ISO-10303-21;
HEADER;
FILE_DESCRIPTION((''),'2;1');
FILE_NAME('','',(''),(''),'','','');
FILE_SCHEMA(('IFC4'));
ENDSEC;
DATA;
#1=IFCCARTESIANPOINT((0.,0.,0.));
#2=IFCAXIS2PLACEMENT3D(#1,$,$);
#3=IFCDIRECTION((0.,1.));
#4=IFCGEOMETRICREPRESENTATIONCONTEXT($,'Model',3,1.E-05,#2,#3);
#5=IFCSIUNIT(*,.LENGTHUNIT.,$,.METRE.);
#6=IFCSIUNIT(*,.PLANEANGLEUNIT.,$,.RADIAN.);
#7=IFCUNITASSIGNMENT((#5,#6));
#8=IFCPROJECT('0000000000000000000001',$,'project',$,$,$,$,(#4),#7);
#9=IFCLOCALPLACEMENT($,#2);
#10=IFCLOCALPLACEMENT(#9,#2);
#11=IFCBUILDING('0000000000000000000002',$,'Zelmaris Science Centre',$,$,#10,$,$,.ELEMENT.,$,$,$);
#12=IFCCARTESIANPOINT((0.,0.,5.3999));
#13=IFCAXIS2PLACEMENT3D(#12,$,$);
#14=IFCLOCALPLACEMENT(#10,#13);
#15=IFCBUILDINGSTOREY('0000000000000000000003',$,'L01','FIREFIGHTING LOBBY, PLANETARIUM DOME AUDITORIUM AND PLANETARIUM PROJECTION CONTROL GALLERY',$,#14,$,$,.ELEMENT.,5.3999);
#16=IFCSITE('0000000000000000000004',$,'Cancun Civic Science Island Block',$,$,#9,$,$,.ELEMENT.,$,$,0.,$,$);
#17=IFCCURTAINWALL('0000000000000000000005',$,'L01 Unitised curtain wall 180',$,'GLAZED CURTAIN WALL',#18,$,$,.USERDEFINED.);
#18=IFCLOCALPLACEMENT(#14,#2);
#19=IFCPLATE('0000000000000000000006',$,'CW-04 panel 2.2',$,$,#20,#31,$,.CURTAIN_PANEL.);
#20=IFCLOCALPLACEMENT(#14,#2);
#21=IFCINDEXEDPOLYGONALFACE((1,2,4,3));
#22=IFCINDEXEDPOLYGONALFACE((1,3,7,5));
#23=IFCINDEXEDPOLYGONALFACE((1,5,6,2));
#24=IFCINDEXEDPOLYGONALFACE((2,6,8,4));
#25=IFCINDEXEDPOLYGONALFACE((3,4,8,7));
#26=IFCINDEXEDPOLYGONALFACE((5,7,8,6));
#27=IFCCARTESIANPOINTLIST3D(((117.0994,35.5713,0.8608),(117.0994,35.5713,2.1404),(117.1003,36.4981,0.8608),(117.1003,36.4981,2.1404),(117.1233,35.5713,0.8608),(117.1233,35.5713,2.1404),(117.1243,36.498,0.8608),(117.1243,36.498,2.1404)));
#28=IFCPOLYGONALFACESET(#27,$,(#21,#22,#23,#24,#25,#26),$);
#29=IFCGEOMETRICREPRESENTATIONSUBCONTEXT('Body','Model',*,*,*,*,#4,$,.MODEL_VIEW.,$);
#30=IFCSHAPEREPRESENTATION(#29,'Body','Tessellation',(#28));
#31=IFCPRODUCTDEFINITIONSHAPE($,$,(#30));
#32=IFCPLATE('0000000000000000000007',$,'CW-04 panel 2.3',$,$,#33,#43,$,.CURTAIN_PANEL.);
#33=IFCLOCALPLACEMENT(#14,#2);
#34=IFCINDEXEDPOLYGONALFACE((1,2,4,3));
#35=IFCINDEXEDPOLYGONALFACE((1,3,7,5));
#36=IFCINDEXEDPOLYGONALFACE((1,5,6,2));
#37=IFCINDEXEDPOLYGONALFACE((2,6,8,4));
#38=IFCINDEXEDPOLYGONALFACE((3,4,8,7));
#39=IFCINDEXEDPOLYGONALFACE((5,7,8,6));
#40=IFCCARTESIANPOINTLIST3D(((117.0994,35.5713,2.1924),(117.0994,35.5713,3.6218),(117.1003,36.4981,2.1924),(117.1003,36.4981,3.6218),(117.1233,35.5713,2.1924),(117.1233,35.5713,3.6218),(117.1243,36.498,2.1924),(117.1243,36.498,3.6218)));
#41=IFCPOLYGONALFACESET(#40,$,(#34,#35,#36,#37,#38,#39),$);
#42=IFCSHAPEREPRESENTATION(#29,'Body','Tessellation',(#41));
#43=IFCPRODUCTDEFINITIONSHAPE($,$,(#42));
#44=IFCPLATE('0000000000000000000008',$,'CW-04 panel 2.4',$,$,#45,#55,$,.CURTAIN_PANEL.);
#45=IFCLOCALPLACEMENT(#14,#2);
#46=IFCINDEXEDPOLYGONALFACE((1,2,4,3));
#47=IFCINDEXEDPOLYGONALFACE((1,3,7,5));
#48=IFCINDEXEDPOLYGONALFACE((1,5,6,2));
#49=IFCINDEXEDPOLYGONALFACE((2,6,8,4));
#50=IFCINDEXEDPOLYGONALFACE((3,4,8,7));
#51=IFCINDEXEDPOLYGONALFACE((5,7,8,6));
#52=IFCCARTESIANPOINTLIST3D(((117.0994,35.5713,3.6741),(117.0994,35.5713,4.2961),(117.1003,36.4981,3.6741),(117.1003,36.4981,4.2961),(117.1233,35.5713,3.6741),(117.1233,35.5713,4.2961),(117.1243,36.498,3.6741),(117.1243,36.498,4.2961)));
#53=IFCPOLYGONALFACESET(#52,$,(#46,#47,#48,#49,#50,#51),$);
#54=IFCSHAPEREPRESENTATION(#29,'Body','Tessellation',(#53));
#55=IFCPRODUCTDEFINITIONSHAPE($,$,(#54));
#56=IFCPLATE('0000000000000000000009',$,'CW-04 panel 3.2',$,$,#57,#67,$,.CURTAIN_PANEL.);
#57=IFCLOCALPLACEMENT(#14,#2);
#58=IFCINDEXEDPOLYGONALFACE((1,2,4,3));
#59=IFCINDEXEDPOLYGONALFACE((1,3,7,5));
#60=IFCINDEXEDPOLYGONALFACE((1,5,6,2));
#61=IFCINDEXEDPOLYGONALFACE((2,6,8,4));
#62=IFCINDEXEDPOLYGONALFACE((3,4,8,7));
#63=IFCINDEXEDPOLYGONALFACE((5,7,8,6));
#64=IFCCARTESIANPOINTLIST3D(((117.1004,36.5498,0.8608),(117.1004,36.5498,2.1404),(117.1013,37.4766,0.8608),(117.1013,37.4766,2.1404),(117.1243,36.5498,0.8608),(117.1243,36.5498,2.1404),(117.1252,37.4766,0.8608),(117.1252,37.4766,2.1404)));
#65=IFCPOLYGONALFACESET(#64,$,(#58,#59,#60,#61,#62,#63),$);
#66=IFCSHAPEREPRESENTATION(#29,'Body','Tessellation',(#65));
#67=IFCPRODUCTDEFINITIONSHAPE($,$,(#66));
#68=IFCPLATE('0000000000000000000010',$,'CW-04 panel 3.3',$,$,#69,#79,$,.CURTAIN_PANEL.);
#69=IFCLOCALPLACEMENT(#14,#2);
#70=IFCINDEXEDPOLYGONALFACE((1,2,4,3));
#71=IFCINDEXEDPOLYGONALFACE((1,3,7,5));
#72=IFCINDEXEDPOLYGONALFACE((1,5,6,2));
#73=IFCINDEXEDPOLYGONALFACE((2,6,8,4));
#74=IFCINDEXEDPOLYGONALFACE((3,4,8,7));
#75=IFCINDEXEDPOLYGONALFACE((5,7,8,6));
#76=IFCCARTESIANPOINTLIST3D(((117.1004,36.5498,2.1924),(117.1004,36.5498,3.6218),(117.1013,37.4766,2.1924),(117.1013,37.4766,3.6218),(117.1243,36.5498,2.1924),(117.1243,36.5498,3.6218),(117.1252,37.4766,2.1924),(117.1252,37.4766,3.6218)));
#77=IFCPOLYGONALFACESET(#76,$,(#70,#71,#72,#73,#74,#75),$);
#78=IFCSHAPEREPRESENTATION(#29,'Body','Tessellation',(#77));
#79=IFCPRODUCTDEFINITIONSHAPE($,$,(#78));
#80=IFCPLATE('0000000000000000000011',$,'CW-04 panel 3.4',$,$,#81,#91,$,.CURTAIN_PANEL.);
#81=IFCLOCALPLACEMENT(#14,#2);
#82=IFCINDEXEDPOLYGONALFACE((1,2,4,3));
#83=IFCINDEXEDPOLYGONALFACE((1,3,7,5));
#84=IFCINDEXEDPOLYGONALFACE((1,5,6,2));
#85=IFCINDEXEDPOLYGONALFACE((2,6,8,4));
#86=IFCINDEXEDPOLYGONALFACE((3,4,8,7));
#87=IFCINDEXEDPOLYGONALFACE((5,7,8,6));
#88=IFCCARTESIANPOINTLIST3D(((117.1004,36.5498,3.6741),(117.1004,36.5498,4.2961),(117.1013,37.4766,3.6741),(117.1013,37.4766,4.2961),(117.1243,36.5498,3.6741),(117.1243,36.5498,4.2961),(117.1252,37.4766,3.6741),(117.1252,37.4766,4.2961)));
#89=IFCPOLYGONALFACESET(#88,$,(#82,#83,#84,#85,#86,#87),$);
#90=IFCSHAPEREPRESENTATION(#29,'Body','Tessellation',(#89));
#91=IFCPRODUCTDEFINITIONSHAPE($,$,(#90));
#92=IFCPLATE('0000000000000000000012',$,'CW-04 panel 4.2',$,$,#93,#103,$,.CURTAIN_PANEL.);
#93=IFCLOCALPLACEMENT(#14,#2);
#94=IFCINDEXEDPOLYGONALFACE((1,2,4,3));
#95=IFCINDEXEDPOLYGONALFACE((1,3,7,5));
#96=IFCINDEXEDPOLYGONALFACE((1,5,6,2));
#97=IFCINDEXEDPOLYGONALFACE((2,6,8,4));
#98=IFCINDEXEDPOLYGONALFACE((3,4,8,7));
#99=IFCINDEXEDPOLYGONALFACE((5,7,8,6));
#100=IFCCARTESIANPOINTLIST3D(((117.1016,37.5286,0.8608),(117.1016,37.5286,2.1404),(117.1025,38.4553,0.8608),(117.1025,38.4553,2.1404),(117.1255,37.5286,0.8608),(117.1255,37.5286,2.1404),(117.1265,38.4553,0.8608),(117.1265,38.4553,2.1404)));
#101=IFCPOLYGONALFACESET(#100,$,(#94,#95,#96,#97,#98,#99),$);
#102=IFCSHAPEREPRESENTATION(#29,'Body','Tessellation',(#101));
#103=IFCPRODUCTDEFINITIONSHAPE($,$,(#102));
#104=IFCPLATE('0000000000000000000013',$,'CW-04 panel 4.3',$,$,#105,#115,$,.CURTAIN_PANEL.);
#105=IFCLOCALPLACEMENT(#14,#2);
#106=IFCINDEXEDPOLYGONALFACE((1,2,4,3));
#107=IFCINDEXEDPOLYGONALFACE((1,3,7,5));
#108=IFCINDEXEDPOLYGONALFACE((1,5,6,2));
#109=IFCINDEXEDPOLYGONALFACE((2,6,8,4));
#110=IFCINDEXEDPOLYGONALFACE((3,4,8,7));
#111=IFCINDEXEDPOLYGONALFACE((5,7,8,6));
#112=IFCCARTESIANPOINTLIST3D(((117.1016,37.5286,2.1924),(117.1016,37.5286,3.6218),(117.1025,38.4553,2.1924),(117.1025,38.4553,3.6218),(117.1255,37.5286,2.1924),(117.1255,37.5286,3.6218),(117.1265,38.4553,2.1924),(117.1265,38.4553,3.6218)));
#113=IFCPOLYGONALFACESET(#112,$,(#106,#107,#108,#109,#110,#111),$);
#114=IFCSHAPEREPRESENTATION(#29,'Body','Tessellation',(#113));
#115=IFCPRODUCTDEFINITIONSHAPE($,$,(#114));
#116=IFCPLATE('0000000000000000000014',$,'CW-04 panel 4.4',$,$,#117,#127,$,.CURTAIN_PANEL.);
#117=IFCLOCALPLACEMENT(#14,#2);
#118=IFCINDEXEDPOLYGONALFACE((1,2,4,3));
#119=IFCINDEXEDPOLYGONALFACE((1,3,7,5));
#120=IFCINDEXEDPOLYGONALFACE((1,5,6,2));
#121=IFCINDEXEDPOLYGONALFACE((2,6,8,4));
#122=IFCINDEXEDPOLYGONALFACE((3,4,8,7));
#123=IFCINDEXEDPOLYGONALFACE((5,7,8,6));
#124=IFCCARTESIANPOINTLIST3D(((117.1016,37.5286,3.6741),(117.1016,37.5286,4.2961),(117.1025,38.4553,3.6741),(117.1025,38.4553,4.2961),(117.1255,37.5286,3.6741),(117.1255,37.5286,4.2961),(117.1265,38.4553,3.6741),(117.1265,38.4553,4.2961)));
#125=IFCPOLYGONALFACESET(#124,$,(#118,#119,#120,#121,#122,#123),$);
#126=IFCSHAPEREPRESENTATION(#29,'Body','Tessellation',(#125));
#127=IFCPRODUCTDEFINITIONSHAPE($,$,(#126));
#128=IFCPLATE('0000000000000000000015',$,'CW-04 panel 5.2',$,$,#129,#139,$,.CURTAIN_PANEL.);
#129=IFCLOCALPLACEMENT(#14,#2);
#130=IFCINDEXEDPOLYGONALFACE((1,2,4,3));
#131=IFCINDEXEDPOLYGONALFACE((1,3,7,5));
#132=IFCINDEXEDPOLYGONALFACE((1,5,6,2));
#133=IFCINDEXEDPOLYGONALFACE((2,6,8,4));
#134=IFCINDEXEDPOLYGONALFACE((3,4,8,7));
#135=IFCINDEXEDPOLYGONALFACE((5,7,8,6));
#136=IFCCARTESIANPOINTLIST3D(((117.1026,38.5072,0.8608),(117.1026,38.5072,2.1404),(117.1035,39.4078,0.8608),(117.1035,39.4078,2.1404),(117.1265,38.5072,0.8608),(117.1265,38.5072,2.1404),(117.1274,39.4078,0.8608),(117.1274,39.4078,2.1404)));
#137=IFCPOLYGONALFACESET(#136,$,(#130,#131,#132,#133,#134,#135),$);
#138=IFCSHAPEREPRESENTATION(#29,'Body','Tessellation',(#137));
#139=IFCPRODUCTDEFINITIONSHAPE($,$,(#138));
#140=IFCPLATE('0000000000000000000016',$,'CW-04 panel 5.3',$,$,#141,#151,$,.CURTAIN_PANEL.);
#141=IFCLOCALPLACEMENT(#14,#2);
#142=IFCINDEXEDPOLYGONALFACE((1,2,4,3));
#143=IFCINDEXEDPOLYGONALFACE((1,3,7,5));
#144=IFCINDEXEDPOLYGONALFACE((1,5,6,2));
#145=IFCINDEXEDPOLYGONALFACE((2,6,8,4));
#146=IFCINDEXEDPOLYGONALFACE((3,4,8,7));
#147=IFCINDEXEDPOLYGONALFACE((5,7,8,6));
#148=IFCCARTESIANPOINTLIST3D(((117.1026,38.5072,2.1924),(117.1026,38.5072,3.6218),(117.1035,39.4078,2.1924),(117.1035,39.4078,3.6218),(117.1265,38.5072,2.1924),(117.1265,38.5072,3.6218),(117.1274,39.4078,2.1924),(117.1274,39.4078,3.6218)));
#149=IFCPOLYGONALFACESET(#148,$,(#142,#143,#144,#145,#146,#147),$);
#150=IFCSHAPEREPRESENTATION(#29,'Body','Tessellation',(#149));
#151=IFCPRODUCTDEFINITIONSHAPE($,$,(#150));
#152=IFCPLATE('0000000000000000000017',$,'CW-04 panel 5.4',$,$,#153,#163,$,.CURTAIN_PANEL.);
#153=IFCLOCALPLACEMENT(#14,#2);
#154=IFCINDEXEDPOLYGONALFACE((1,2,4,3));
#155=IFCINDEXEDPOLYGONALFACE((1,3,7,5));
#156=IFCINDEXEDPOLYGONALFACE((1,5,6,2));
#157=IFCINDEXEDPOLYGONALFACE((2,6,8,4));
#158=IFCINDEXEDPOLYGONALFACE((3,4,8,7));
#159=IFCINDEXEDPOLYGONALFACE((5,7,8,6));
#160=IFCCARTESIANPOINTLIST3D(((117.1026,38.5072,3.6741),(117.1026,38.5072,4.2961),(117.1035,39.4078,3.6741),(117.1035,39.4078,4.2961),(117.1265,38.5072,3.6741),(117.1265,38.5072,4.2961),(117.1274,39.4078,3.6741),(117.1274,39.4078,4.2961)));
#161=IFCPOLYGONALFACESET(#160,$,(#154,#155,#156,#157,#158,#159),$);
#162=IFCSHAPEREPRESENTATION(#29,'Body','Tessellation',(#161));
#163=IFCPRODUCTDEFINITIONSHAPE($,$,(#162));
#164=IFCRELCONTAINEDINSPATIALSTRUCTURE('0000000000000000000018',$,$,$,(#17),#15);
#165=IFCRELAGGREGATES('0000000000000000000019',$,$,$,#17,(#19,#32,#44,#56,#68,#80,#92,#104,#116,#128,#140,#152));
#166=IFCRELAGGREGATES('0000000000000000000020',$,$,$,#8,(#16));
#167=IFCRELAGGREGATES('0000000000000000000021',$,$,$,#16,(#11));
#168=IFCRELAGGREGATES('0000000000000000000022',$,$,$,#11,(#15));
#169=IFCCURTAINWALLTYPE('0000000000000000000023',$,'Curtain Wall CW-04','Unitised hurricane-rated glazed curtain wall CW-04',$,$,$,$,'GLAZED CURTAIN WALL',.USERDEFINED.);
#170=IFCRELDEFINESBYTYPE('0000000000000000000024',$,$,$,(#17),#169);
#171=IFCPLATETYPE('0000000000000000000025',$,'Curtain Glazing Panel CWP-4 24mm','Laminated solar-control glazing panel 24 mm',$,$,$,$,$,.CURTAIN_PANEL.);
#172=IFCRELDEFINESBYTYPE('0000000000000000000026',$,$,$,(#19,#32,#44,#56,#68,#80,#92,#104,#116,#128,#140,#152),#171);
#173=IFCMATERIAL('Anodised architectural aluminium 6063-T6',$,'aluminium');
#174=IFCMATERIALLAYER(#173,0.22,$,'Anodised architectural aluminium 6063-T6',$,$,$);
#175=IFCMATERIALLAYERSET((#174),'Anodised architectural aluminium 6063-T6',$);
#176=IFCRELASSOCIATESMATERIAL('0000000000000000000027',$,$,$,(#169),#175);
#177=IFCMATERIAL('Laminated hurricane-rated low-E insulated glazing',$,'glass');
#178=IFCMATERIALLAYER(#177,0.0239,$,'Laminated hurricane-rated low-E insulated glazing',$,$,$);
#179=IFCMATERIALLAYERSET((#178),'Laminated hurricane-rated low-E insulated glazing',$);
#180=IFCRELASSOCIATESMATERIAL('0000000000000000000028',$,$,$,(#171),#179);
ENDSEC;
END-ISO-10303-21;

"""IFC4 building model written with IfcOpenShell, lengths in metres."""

from ifc_helpers import new_model, si_unit, direction, frame, origin, origin_2d, place, context, subcontext, project, spatial, rectangle, extrude, material, layer, layer_set, type_object, element, aggregate, save


model = new_model("IFC4")

# Units and contexts
model_context = context("Model", 3, precision=1e-05, world=origin(), true_north=direction((0.0, 1.0)))
body_context = subcontext(model_context, "Body", "Model", "MODEL_VIEW")
ifc_project = project(units=[si_unit("LENGTHUNIT", "METRE"), si_unit("PLANEANGLEUNIT", "RADIAN")], contexts=[model_context])

# Site, building, storey
site_placement = place(None, origin())
site = spatial("IfcSite", under=ifc_project, at=site_placement, Name="Cancun Civic Science Island Block", CompositionType="ELEMENT", RefElevation=0.0)
building_placement = place(site_placement, origin())
building = spatial("IfcBuilding", under=site, at=building_placement, Name="Zelmaris Science Centre", CompositionType="ELEMENT")
storey_placement = place(building_placement, frame((0.0, 0.0, 5.3999)))
storey = spatial("IfcBuildingStorey", under=building, at=storey_placement, Name="L01", Description="FIREFIGHTING LOBBY, PLANETARIUM DOME AUDITORIUM AND PLANETARIUM PROJECTION CONTROL GALLERY", CompositionType="ELEMENT", Elevation=5.3999)

# Curtain wall
ifc_material_1 = material(Name="Anodised architectural aluminium 6063-T6", Category="aluminium")
ifc_layer_1 = layer(ifc_material_1, 0.22, Name="Anodised architectural aluminium 6063-T6")
ifc_layer_set_1 = layer_set([ifc_layer_1], Name="Anodised architectural aluminium 6063-T6")
curtain_wall_type_1 = type_object("IfcCurtainWallType", Name="Curtain Wall CW-04", Description="Unitised hurricane-rated glazed curtain wall CW-04", ElementType="GLAZED CURTAIN WALL", PredefinedType="USERDEFINED", material=ifc_layer_set_1)
curtain_wall_1_placement = place(storey_placement, origin())
curtain_wall_1 = element("IfcCurtainWall", 1, at=curtain_wall_1_placement, inside=storey, type_object=curtain_wall_type_1, Name="L01 Unitised curtain wall 180", ObjectType="GLAZED CURTAIN WALL", PredefinedType="USERDEFINED")

# Plates
ifc_material_2 = material(Name="Laminated hurricane-rated low-E insulated glazing", Category="glass")
ifc_layer_2 = layer(ifc_material_2, 0.0239, Name="Laminated hurricane-rated low-E insulated glazing")
ifc_layer_set_2 = layer_set([ifc_layer_2], Name="Laminated hurricane-rated low-E insulated glazing")
plate_type = type_object("IfcPlateType", Name="Curtain Glazing Panel CWP-4 24mm", Description="Laminated solar-control glazing panel 24 mm", PredefinedType="CURTAIN_PANEL", material=ifc_layer_set_2)
plate_1_placement = place(storey_placement, frame((117.1118, 36.0347, 0.8608), z_axis=(0.0, 0.0, 1.0), x_axis=(0.001022, 0.999999, 0.0)))
plate_1 = element("IfcPlate", 2, at=plate_1_placement, type_object=plate_type, Name="CW-04 panel 2.2", PredefinedType="CURTAIN_PANEL", context=body_context, shape_type="SweptSolid", body=[
    extrude(rectangle(XDim=0.9268, YDim=0.0239, at=origin_2d()), origin(), (0.0, 0.0, 1.0), 1.2795),
])
plate_2_placement = place(storey_placement, frame((117.1118, 36.0347, 2.1924), z_axis=(0.0, 0.0, 1.0), x_axis=(0.001022, 0.999999, 0.0)))
plate_2 = element("IfcPlate", 3, at=plate_2_placement, type_object=plate_type, Name="CW-04 panel 2.3", PredefinedType="CURTAIN_PANEL", context=body_context, shape_type="SweptSolid", body=[
    extrude(rectangle(XDim=0.9268, YDim=0.0239, at=origin_2d()), origin(), (0.0, 0.0, 1.0), 1.4294),
])
plate_3_placement = place(storey_placement, frame((117.1118, 36.0347, 3.6741), z_axis=(0.0, 0.0, 1.0), x_axis=(0.001022, 0.999999, 0.0)))
plate_3 = element("IfcPlate", 4, at=plate_3_placement, type_object=plate_type, Name="CW-04 panel 2.4", PredefinedType="CURTAIN_PANEL", context=body_context, shape_type="SweptSolid", body=[
    extrude(rectangle(XDim=0.9268, YDim=0.0239, at=origin_2d()), origin(), (0.0, 0.0, 1.0), 0.6221),
])
plate_4_placement = place(storey_placement, frame((117.1128, 37.0132, 0.8608), z_axis=(0.0, 0.0, 1.0), x_axis=(0.001022, 0.999999, 0.0)))
plate_4 = element("IfcPlate", 5, at=plate_4_placement, type_object=plate_type, Name="CW-04 panel 3.2", PredefinedType="CURTAIN_PANEL", context=body_context, shape_type="SweptSolid", body=[
    extrude(rectangle(XDim=0.9268, YDim=0.0239, at=origin_2d()), origin(), (0.0, 0.0, 1.0), 1.2795),
])
plate_5_placement = place(storey_placement, frame((117.1128, 37.0132, 2.1924), z_axis=(0.0, 0.0, 1.0), x_axis=(0.001022, 0.999999, 0.0)))
plate_5 = element("IfcPlate", 6, at=plate_5_placement, type_object=plate_type, Name="CW-04 panel 3.3", PredefinedType="CURTAIN_PANEL", context=body_context, shape_type="SweptSolid", body=[
    extrude(rectangle(XDim=0.9268, YDim=0.0239, at=origin_2d()), origin(), (0.0, 0.0, 1.0), 1.4294),
])
plate_6_placement = place(storey_placement, frame((117.1128, 37.0132, 3.6741), z_axis=(0.0, 0.0, 1.0), x_axis=(0.001022, 0.999999, 0.0)))
plate_6 = element("IfcPlate", 7, at=plate_6_placement, type_object=plate_type, Name="CW-04 panel 3.4", PredefinedType="CURTAIN_PANEL", context=body_context, shape_type="SweptSolid", body=[
    extrude(rectangle(XDim=0.9268, YDim=0.0239, at=origin_2d()), origin(), (0.0, 0.0, 1.0), 0.6221),
])
plate_7_placement = place(storey_placement, frame((117.114, 37.9919, 0.8608), z_axis=(0.0, 0.0, 1.0), x_axis=(0.001022, 0.999999, 0.0)))
plate_7 = element("IfcPlate", 8, at=plate_7_placement, type_object=plate_type, Name="CW-04 panel 4.2", PredefinedType="CURTAIN_PANEL", context=body_context, shape_type="SweptSolid", body=[
    extrude(rectangle(XDim=0.9268, YDim=0.0239, at=origin_2d()), origin(), (0.0, 0.0, 1.0), 1.2795),
])
plate_8_placement = place(storey_placement, frame((117.114, 37.9919, 2.1924), z_axis=(0.0, 0.0, 1.0), x_axis=(0.001022, 0.999999, 0.0)))
plate_8 = element("IfcPlate", 9, at=plate_8_placement, type_object=plate_type, Name="CW-04 panel 4.3", PredefinedType="CURTAIN_PANEL", context=body_context, shape_type="SweptSolid", body=[
    extrude(rectangle(XDim=0.9268, YDim=0.0239, at=origin_2d()), origin(), (0.0, 0.0, 1.0), 1.4294),
])
plate_9_placement = place(storey_placement, frame((117.114, 37.9919, 3.6741), z_axis=(0.0, 0.0, 1.0), x_axis=(0.001022, 0.999999, 0.0)))
plate_9 = element("IfcPlate", 10, at=plate_9_placement, type_object=plate_type, Name="CW-04 panel 4.4", PredefinedType="CURTAIN_PANEL", context=body_context, shape_type="SweptSolid", body=[
    extrude(rectangle(XDim=0.9268, YDim=0.0239, at=origin_2d()), origin(), (0.0, 0.0, 1.0), 0.6221),
])
plate_10_placement = place(storey_placement, frame((117.115, 38.9575, 0.8608), z_axis=(0.0, 0.0, 1.0), x_axis=(0.001022, 0.999999, 0.0)))
plate_10 = element("IfcPlate", 11, at=plate_10_placement, type_object=plate_type, Name="CW-04 panel 5.2", PredefinedType="CURTAIN_PANEL", context=body_context, shape_type="SweptSolid", body=[
    extrude(rectangle(XDim=0.9006, YDim=0.0239, at=origin_2d()), origin(), (0.0, 0.0, 1.0), 1.2795),
])
plate_11_placement = place(storey_placement, frame((117.115, 38.9575, 2.1924), z_axis=(0.0, 0.0, 1.0), x_axis=(0.001022, 0.999999, 0.0)))
plate_11 = element("IfcPlate", 12, at=plate_11_placement, type_object=plate_type, Name="CW-04 panel 5.3", PredefinedType="CURTAIN_PANEL", context=body_context, shape_type="SweptSolid", body=[
    extrude(rectangle(XDim=0.9006, YDim=0.0239, at=origin_2d()), origin(), (0.0, 0.0, 1.0), 1.4294),
])
plate_12_placement = place(storey_placement, frame((117.115, 38.9575, 3.6741), z_axis=(0.0, 0.0, 1.0), x_axis=(0.001022, 0.999999, 0.0)))
plate_12 = element("IfcPlate", 13, at=plate_12_placement, type_object=plate_type, Name="CW-04 panel 5.4", PredefinedType="CURTAIN_PANEL", context=body_context, shape_type="SweptSolid", body=[
    extrude(rectangle(XDim=0.9006, YDim=0.0239, at=origin_2d()), origin(), (0.0, 0.0, 1.0), 0.6221),
])
aggregate(curtain_wall_1, [plate_1, plate_2, plate_3, plate_4, plate_5, plate_6, plate_7, plate_8, plate_9, plate_10, plate_11, plate_12])

save(model, "model.ifc")
